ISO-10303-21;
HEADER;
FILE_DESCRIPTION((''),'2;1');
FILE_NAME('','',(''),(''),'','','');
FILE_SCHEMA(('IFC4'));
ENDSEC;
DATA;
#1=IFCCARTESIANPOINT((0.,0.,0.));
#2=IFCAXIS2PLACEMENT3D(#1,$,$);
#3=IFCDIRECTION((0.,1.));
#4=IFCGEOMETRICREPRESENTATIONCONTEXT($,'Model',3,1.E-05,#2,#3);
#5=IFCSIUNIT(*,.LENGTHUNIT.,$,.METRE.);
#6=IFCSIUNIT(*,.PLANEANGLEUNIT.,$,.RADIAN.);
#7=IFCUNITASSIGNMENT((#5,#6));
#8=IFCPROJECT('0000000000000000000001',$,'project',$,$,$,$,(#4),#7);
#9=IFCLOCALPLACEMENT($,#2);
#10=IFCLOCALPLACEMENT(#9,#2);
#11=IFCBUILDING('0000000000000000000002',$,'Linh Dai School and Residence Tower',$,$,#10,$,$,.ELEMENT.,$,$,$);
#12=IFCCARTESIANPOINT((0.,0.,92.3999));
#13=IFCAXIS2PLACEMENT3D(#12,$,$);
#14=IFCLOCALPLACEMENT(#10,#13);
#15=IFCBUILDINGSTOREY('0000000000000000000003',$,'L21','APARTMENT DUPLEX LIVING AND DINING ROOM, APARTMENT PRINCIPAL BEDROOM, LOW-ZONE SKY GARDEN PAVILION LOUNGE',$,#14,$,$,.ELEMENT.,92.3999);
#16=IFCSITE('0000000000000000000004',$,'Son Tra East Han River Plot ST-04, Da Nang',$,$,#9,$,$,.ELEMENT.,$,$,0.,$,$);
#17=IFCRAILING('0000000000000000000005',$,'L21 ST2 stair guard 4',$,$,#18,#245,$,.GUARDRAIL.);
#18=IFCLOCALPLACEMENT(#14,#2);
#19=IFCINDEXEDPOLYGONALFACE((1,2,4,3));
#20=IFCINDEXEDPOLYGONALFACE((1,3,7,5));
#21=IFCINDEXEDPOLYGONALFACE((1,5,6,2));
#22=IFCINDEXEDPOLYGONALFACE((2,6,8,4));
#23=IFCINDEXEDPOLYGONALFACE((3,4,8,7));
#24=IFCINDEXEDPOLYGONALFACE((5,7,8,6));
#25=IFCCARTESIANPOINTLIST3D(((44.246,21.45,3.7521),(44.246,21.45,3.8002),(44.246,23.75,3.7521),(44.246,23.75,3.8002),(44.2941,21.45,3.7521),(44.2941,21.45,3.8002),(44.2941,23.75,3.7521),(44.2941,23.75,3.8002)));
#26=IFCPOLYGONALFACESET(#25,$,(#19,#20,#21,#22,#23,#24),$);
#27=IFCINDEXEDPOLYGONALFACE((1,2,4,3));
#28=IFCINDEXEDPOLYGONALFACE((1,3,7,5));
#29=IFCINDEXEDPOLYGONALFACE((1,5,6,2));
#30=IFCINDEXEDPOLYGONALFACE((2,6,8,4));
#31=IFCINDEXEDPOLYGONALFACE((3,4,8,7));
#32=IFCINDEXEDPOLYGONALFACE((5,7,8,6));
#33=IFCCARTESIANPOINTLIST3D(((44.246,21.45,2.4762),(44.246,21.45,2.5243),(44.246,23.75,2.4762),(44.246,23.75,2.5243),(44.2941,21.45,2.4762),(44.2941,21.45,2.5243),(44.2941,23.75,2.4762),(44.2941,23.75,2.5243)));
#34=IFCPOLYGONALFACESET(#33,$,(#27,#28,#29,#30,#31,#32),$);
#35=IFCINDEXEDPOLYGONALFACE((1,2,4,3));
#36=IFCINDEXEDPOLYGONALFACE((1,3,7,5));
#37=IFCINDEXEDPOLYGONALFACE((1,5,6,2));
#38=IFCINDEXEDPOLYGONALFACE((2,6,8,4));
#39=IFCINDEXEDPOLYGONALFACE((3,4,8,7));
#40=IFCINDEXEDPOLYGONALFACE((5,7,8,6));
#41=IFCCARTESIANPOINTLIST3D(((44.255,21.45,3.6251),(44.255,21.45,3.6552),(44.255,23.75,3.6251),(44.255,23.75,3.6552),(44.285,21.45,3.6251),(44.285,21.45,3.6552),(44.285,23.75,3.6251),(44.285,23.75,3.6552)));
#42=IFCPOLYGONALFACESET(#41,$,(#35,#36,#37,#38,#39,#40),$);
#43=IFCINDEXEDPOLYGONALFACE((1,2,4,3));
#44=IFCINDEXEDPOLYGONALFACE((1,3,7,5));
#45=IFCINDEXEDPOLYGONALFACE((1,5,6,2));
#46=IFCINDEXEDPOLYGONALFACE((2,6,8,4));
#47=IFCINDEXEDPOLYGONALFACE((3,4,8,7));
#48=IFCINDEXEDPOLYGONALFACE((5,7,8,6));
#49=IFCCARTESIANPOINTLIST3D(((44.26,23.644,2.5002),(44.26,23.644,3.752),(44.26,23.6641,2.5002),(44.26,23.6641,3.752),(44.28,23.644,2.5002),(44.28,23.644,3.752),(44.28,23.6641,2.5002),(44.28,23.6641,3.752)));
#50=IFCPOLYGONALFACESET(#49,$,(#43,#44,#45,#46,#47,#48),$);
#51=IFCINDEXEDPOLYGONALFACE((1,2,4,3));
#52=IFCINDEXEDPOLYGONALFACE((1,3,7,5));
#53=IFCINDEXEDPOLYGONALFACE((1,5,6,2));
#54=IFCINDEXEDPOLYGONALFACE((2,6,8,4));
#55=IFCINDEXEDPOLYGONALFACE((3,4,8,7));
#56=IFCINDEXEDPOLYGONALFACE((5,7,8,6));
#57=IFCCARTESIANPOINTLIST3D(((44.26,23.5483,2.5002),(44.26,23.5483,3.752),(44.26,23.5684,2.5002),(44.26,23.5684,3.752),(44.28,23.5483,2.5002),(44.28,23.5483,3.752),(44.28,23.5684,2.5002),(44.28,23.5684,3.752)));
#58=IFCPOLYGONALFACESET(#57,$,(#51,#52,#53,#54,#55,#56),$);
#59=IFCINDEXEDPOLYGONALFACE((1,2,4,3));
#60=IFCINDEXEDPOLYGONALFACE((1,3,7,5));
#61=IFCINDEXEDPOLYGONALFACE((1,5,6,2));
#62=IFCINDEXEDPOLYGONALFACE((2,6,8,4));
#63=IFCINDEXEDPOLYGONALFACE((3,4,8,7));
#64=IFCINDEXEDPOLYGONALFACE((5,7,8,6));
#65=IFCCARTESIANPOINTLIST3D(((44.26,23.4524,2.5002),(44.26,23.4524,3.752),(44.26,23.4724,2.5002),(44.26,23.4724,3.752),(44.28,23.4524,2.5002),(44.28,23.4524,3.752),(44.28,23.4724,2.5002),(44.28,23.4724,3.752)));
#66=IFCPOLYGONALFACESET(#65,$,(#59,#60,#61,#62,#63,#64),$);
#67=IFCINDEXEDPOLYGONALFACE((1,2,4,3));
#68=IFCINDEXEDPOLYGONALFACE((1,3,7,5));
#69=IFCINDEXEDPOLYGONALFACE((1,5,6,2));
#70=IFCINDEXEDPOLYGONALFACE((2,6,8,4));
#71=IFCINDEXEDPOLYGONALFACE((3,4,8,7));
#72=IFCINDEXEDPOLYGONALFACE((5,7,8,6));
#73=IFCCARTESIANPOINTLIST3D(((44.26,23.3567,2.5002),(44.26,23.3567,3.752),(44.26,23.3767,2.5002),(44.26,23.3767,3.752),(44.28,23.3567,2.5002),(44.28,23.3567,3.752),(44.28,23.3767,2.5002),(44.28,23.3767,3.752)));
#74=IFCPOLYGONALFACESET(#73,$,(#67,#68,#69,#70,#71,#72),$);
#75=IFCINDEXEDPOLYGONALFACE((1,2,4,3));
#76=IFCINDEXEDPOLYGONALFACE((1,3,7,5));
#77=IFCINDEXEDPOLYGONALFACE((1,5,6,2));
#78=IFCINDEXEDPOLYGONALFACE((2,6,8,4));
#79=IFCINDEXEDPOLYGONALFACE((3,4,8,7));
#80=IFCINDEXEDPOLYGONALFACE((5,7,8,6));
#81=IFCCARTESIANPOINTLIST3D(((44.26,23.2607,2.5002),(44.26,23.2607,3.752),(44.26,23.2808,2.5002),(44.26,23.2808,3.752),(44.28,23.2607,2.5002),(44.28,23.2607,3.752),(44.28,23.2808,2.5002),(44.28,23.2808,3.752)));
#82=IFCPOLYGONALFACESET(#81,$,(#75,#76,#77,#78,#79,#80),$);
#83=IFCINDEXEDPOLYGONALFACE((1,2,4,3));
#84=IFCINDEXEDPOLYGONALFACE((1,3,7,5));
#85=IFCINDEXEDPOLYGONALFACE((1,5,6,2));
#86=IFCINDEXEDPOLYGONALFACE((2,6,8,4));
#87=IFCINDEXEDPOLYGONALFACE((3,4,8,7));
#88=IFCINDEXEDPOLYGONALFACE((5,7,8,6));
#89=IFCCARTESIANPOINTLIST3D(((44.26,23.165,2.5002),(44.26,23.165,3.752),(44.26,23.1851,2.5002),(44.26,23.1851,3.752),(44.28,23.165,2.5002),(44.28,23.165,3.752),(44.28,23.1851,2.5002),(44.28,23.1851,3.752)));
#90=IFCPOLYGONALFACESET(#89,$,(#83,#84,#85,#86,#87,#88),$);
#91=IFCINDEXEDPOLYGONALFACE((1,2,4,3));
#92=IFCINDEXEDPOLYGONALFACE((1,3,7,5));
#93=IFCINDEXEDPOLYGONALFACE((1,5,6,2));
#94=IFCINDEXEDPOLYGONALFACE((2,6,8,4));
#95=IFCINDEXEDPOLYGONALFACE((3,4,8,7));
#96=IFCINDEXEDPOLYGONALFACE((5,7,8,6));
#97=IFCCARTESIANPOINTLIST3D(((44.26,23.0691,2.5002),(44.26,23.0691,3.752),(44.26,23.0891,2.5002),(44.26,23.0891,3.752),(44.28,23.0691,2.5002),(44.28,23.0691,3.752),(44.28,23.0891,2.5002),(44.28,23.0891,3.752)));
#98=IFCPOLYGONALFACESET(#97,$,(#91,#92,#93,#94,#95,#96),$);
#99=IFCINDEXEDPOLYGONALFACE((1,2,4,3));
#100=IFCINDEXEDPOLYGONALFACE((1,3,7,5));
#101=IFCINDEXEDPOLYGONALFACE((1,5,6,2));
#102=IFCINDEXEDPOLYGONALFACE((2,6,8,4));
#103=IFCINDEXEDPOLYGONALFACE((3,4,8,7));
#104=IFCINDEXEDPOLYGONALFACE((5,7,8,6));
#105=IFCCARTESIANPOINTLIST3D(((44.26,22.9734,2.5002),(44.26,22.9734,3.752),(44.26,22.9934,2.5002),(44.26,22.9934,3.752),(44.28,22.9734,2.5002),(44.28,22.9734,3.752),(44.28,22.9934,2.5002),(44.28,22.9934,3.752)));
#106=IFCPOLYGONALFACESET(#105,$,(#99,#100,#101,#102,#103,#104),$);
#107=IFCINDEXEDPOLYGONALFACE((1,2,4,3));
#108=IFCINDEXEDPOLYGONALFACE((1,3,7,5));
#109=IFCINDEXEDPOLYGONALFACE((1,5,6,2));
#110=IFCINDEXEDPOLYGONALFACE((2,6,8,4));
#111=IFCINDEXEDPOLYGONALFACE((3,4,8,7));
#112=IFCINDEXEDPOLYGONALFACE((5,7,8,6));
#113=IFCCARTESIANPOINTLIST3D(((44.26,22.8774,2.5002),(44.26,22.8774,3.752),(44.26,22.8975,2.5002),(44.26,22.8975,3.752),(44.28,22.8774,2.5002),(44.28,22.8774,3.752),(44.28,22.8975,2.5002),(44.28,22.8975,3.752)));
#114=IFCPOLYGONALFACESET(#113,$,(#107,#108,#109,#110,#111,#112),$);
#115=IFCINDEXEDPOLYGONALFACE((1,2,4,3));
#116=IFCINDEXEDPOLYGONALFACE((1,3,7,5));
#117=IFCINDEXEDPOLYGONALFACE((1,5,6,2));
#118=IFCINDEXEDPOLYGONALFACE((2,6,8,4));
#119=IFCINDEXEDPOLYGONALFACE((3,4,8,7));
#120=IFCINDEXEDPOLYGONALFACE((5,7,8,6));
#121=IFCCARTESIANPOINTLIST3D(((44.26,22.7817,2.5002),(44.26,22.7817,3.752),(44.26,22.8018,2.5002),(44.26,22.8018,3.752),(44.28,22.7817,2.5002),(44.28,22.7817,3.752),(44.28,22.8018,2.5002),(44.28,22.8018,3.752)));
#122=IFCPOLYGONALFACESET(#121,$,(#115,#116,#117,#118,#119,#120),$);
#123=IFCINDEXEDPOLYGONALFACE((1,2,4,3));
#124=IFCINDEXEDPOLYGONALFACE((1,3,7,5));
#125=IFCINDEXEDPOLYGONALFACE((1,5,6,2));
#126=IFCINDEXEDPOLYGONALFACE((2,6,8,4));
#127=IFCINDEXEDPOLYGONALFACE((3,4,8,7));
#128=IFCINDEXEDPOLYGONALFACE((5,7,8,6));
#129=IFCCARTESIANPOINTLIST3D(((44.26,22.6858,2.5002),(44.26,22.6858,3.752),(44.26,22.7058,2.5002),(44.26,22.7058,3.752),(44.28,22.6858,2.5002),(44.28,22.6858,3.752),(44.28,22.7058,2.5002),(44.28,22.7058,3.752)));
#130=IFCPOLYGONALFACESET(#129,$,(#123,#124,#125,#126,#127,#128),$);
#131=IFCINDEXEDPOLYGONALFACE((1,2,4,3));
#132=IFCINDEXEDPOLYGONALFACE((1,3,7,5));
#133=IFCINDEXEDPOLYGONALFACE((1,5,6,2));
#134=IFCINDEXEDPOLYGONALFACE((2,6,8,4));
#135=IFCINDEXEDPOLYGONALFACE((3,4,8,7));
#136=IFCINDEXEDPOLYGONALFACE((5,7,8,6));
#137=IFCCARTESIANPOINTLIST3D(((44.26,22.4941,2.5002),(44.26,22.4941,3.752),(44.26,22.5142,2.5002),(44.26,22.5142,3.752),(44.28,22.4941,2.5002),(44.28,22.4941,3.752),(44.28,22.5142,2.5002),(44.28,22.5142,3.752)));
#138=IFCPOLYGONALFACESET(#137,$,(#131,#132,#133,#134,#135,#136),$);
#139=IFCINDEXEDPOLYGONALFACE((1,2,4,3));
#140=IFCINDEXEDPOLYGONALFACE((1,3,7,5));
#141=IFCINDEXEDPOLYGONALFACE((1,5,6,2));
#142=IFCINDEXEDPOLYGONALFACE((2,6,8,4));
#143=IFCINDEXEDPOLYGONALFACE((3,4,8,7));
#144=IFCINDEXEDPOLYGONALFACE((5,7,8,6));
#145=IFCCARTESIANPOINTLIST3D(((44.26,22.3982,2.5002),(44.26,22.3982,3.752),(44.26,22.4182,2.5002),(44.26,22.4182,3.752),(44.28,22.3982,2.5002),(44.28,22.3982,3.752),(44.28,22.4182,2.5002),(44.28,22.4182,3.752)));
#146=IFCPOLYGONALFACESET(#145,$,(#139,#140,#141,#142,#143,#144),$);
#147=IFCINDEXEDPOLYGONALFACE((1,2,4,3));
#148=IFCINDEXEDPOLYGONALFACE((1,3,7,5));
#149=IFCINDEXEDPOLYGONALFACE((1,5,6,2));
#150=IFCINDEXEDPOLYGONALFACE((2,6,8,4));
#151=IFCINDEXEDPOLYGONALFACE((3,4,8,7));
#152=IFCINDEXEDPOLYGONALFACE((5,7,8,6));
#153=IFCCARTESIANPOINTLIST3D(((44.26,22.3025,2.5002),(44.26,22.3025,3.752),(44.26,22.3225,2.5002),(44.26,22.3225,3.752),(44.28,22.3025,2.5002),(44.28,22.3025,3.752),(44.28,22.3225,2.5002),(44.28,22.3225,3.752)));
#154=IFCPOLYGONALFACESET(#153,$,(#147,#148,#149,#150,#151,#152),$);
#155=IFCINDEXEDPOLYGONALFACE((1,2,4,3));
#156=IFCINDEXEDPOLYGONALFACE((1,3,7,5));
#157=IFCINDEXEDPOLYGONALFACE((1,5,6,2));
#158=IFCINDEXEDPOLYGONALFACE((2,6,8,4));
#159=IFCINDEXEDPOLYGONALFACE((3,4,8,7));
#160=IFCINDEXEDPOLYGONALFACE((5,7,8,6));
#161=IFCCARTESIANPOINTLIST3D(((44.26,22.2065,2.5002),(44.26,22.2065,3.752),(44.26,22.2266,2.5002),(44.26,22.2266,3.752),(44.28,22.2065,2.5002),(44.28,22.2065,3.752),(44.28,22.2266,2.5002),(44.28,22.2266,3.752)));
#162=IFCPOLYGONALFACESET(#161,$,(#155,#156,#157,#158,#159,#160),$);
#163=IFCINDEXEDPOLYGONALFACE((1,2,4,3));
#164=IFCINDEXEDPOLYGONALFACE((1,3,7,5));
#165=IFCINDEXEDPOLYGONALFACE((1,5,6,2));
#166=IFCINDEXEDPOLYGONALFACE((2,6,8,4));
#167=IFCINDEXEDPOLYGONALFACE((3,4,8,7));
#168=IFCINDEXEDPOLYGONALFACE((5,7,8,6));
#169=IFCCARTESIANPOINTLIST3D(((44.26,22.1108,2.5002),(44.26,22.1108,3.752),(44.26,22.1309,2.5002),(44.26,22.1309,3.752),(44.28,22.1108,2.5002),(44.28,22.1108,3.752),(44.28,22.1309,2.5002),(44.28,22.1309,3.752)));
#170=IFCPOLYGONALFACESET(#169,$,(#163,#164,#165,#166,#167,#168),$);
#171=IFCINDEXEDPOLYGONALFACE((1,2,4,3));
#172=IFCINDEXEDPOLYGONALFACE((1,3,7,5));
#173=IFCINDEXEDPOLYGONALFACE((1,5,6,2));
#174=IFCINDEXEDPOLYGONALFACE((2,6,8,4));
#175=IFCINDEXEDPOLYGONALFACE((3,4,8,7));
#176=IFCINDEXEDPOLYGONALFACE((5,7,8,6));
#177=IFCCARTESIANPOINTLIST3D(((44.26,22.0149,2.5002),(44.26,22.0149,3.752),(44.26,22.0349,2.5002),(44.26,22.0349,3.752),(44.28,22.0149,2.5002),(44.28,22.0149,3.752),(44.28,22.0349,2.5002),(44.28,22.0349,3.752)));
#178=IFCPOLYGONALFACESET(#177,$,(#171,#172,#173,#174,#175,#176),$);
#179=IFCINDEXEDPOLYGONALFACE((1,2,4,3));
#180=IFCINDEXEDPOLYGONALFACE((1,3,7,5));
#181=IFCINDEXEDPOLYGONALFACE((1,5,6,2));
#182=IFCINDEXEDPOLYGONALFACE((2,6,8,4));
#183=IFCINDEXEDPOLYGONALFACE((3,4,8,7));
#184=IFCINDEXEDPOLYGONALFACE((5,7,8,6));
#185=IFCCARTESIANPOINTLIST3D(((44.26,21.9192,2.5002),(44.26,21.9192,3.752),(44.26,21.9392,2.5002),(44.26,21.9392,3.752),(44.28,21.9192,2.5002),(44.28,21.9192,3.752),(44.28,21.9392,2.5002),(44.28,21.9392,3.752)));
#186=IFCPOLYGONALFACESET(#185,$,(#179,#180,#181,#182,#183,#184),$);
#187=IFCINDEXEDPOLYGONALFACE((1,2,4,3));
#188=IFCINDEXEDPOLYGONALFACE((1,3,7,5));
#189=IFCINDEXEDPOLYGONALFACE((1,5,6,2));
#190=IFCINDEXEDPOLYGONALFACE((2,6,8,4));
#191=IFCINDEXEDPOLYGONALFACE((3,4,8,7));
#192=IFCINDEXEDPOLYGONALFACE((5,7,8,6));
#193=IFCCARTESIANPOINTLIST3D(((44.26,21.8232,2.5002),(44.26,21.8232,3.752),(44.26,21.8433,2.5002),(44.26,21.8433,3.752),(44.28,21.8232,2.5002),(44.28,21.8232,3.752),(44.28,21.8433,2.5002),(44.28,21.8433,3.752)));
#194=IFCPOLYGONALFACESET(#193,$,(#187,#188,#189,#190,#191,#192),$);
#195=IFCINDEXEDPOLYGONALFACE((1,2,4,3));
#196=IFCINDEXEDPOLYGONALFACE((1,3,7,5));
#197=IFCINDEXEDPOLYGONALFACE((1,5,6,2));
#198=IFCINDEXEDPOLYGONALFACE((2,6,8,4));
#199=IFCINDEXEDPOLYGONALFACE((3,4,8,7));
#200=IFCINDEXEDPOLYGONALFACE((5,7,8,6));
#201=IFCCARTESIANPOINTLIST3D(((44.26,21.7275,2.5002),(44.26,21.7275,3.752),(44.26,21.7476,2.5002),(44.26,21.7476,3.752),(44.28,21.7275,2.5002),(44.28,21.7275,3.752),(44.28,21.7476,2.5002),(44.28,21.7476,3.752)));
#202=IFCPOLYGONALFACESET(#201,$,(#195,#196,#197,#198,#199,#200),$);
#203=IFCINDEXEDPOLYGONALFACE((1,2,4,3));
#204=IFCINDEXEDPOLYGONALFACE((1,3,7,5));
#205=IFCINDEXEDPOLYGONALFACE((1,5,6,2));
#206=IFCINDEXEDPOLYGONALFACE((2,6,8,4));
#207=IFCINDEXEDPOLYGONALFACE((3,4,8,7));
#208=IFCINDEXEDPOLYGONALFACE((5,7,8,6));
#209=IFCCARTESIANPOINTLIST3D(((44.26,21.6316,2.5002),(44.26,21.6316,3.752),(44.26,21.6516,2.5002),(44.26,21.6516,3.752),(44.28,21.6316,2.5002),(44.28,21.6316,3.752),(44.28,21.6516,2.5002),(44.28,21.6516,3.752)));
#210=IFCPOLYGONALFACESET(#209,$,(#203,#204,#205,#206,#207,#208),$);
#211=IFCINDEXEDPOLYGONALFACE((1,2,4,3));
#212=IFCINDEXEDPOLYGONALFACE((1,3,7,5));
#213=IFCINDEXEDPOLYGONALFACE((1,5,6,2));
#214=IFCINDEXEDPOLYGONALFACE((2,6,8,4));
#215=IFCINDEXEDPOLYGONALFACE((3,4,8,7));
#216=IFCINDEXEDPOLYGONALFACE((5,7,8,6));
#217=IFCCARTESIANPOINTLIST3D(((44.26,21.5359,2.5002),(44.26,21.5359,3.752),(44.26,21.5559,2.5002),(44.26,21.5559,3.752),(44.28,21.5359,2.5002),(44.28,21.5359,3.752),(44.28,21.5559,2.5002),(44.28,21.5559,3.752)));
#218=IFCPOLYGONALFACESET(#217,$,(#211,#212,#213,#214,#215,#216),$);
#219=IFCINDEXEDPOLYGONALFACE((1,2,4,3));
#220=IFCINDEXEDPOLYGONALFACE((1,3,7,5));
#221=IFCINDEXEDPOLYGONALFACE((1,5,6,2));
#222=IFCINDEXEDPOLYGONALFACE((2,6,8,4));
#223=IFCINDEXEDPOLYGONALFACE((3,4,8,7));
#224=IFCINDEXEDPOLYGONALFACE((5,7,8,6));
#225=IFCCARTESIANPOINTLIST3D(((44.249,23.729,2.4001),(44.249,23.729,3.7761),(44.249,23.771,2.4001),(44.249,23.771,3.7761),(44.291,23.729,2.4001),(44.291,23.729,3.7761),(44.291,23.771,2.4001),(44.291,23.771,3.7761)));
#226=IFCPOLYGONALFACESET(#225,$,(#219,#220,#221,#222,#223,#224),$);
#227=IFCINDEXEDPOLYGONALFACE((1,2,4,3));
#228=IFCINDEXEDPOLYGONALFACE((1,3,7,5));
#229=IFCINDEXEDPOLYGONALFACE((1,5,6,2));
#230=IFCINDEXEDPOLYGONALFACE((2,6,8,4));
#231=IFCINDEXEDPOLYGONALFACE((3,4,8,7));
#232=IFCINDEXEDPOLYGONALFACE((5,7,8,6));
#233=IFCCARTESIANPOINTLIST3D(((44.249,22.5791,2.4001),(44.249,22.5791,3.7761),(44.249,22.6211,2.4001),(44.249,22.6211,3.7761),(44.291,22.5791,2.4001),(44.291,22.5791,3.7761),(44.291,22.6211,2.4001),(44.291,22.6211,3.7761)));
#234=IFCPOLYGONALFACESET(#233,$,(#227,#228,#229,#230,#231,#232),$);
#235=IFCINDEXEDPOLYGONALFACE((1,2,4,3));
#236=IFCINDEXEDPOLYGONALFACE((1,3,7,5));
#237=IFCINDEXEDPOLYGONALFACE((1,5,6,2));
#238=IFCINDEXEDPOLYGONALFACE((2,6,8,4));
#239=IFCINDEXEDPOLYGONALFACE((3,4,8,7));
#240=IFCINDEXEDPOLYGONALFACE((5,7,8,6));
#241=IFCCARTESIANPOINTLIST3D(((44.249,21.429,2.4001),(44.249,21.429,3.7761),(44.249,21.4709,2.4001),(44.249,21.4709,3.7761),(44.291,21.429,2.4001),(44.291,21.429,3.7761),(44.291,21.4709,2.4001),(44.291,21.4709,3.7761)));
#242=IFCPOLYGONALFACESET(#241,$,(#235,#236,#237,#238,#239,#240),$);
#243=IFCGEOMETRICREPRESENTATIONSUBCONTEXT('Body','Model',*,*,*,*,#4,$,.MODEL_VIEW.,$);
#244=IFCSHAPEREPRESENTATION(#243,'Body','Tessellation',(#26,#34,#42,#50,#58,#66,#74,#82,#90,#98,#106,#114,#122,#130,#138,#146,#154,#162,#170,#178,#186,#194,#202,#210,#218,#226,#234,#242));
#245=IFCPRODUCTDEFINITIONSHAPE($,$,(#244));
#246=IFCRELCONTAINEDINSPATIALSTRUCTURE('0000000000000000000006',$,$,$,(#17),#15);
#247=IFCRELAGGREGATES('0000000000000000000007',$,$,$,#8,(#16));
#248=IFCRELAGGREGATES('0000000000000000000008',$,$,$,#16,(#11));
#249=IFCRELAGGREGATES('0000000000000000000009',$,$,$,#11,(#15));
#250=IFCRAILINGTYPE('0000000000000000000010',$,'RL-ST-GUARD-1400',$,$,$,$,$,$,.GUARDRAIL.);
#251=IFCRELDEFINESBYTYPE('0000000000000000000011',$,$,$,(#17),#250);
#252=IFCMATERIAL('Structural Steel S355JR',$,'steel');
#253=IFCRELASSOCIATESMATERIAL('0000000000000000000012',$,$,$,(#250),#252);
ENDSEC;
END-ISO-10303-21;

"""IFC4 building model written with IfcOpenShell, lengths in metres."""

from ifc_helpers import new_model, si_unit, direction, frame, origin, origin_2d, place, context, subcontext, project, spatial, rectangle, extrude, source, transform, mapped, material, type_object, element, save


model = new_model("IFC4")

# Units and contexts
model_context = context("Model", 3, precision=1e-05, world=origin(), true_north=direction((0.0, 1.0)))
body_context = subcontext(model_context, "Body", "Model", "MODEL_VIEW")
ifc_project = project(units=[si_unit("LENGTHUNIT", "METRE"), si_unit("PLANEANGLEUNIT", "RADIAN")], contexts=[model_context])

# Site, building, storey
site_placement = place(None, origin())
site = spatial("IfcSite", under=ifc_project, at=site_placement, Name="Son Tra East Han River Plot ST-04, Da Nang", CompositionType="ELEMENT", RefElevation=0.0)
building_placement = place(site_placement, origin())
building = spatial("IfcBuilding", under=site, at=building_placement, Name="Linh Dai School and Residence Tower", CompositionType="ELEMENT")
storey_placement = place(building_placement, frame((0.0, 0.0, 92.3999)))
storey = spatial("IfcBuildingStorey", under=building, at=storey_placement, Name="L21", Description="APARTMENT DUPLEX LIVING AND DINING ROOM, APARTMENT PRINCIPAL BEDROOM, LOW-ZONE SKY GARDEN PAVILION LOUNGE", CompositionType="ELEMENT", Elevation=92.3999)

# Shared definitions
ifc_material_1 = material(Name="Structural Steel S355JR", Category="steel")

# Railing
railing_type_1 = type_object("IfcRailingType", Name="RL-ST-GUARD-1400", PredefinedType="GUARDRAIL", material=ifc_material_1)
shared_shape_1 = source(origin(), body_context, "Body", "SweptSolid", [
    extrude(rectangle(XDim=0.0481, YDim=0.0481, at=origin_2d()), frame((0.0, 0.0, 1.376), z_axis=(0.0, -1.0, 0.0), x_axis=(1.0, 0.0, 0.0)), (0.0, 0.0, 1.0), 2.3),
    extrude(rectangle(XDim=0.0481, YDim=0.0481, at=origin_2d()), frame((0.0, 0.0, 0.1001), z_axis=(0.0, -1.0, 0.0), x_axis=(1.0, 0.0, 0.0)), (0.0, 0.0, 1.0), 2.3),
    extrude(rectangle(XDim=0.03, YDim=0.03, at=origin_2d()), frame((0.0, 0.0, 1.24), z_axis=(0.0, -1.0, 0.0), x_axis=(1.0, 0.0, 0.0)), (0.0, 0.0, 1.0), 2.3),
    extrude(rectangle(XDim=0.02, YDim=0.02, at=origin_2d()), frame((0.0, -0.0959, 0.1001)), (0.0, 0.0, 1.0), 1.2517),
    extrude(rectangle(XDim=0.02, YDim=0.02, at=origin_2d()), frame((0.0, -0.1917, 0.1001)), (0.0, 0.0, 1.0), 1.2517),
    extrude(rectangle(XDim=0.02, YDim=0.02, at=origin_2d()), frame((0.0, -0.2876, 0.1001)), (0.0, 0.0, 1.0), 1.2517),
    extrude(rectangle(XDim=0.02, YDim=0.02, at=origin_2d()), frame((0.0, -0.3833, 0.1001)), (0.0, 0.0, 1.0), 1.2517),
    extrude(rectangle(XDim=0.02, YDim=0.02, at=origin_2d()), frame((0.0, -0.4792, 0.1001)), (0.0, 0.0, 1.0), 1.2517),
    extrude(rectangle(XDim=0.02, YDim=0.02, at=origin_2d()), frame((0.0, -0.575, 0.1001)), (0.0, 0.0, 1.0), 1.2517),
    extrude(rectangle(XDim=0.02, YDim=0.02, at=origin_2d()), frame((0.0, -0.6709, 0.1001)), (0.0, 0.0, 1.0), 1.2517),
    extrude(rectangle(XDim=0.02, YDim=0.02, at=origin_2d()), frame((0.0, -0.7666, 0.1001)), (0.0, 0.0, 1.0), 1.2517),
    extrude(rectangle(XDim=0.02, YDim=0.02, at=origin_2d()), frame((0.0, -0.8625, 0.1001)), (0.0, 0.0, 1.0), 1.2517),
    extrude(rectangle(XDim=0.02, YDim=0.02, at=origin_2d()), frame((0.0, -0.9583, 0.1001)), (0.0, 0.0, 1.0), 1.2517),
    extrude(rectangle(XDim=0.02, YDim=0.02, at=origin_2d()), frame((0.0, -1.0542, 0.1001)), (0.0, 0.0, 1.0), 1.2517),
    extrude(rectangle(XDim=0.02, YDim=0.02, at=origin_2d()), frame((0.0, -1.2458, 0.1001)), (0.0, 0.0, 1.0), 1.2517),
    extrude(rectangle(XDim=0.02, YDim=0.02, at=origin_2d()), frame((0.0, -1.3418, 0.1001)), (0.0, 0.0, 1.0), 1.2517),
    extrude(rectangle(XDim=0.02, YDim=0.02, at=origin_2d()), frame((0.0, -1.4375, 0.1001)), (0.0, 0.0, 1.0), 1.2517),
    extrude(rectangle(XDim=0.02, YDim=0.02, at=origin_2d()), frame((0.0, -1.5334, 0.1001)), (0.0, 0.0, 1.0), 1.2517),
    extrude(rectangle(XDim=0.02, YDim=0.02, at=origin_2d()), frame((0.0, -1.6292, 0.1001)), (0.0, 0.0, 1.0), 1.2517),
    extrude(rectangle(XDim=0.02, YDim=0.02, at=origin_2d()), frame((0.0, -1.7251, 0.1001)), (0.0, 0.0, 1.0), 1.2517),
    extrude(rectangle(XDim=0.02, YDim=0.02, at=origin_2d()), frame((0.0, -1.8208, 0.1001)), (0.0, 0.0, 1.0), 1.2517),
    extrude(rectangle(XDim=0.02, YDim=0.02, at=origin_2d()), frame((0.0, -1.9167, 0.1001)), (0.0, 0.0, 1.0), 1.2517),
    extrude(rectangle(XDim=0.02, YDim=0.02, at=origin_2d()), frame((0.0, -2.0125, 0.1001)), (0.0, 0.0, 1.0), 1.2517),
    extrude(rectangle(XDim=0.02, YDim=0.02, at=origin_2d()), frame((0.0, -2.1084, 0.1001)), (0.0, 0.0, 1.0), 1.2517),
    extrude(rectangle(XDim=0.02, YDim=0.02, at=origin_2d()), frame((0.0, -2.2041, 0.1001)), (0.0, 0.0, 1.0), 1.2517),
    extrude(rectangle(XDim=0.042, YDim=0.042, at=origin_2d()), origin(), (0.0, 0.0, 1.0), 1.376),
    extrude(rectangle(XDim=0.042, YDim=0.042, at=origin_2d()), frame((0.0, -1.1499, 0.0)), (0.0, 0.0, 1.0), 1.376),
    extrude(rectangle(XDim=0.042, YDim=0.042, at=origin_2d()), frame((0.0, -2.3, 0.0)), (0.0, 0.0, 1.0), 1.376),
])
railing_1_placement = place(storey_placement, frame((44.27, 23.75, 2.4001)))
element("IfcRailing", 1, at=railing_1_placement, inside=storey, type_object=railing_type_1, Name="L21 ST2 stair guard 4", PredefinedType="GUARDRAIL", context=body_context, shape_type="MappedRepresentation", body=[
    mapped(shared_shape_1, transform((0.0, 0.0, 0.0), x_axis=(1.0, 0.0, 0.0), y_axis=(0.0, 1.0, 0.0), z_axis=(0.0, 0.0, 1.0), scale=1.0)),
])

save(model, "model.ifc")
